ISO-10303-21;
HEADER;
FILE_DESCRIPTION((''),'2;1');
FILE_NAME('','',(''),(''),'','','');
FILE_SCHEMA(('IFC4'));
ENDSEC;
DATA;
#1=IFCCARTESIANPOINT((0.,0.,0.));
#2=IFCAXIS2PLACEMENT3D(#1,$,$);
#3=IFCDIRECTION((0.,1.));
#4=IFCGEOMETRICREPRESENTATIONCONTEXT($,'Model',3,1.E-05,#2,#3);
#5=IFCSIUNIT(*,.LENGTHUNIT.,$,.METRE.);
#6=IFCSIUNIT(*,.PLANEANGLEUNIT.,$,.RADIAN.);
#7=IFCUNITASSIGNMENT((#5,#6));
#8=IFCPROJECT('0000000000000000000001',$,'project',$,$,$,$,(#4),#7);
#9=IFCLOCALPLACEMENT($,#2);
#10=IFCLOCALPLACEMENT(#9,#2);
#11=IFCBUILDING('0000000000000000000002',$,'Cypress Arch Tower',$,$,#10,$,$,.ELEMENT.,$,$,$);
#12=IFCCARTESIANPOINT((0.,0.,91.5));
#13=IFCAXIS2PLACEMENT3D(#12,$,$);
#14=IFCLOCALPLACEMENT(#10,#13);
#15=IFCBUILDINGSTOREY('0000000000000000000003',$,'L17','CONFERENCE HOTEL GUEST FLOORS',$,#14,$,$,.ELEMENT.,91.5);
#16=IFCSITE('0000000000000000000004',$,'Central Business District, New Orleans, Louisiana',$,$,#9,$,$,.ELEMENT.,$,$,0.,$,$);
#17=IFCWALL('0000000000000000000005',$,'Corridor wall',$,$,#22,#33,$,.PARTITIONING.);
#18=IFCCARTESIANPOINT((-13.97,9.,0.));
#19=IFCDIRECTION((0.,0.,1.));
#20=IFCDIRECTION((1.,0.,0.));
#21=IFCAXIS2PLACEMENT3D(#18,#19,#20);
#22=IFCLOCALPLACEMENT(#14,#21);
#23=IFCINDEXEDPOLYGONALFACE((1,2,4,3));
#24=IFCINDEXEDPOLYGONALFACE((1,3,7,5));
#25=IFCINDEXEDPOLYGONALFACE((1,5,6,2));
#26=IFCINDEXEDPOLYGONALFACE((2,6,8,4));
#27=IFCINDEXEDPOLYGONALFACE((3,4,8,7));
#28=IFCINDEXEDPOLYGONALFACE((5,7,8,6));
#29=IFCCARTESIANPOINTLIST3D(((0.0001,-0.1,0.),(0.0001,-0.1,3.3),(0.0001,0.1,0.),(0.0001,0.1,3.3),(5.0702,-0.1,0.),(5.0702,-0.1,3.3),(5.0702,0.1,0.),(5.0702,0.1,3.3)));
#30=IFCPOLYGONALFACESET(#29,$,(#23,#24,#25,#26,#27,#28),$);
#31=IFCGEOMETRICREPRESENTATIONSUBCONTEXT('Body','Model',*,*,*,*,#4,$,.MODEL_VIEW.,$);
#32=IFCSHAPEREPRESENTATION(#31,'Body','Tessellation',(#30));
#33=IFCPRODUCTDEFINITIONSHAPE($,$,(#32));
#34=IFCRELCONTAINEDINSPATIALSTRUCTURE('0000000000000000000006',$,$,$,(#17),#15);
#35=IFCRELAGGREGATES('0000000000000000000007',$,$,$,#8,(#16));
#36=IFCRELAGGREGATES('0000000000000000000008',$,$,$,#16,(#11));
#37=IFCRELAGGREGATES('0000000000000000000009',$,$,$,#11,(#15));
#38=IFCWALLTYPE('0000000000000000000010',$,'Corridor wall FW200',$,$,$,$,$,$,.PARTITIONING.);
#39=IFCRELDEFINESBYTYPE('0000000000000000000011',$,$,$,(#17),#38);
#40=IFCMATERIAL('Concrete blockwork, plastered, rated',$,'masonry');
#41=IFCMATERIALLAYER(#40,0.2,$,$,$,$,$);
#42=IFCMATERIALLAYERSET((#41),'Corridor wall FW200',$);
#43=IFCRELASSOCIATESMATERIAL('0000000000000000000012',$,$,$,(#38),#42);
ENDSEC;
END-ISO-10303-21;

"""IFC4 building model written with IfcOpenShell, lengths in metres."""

from ifc_helpers import new_model, si_unit, direction, frame, frame_2d, origin, place, context, subcontext, project, spatial, rectangle, extrude, material, layer, layer_set, type_object, element, save


model = new_model("IFC4")

# Units and contexts
model_context = context("Model", 3, precision=1e-05, world=origin(), true_north=direction((0.0, 1.0)))
body_context = subcontext(model_context, "Body", "Model", "MODEL_VIEW")
ifc_project = project(units=[si_unit("LENGTHUNIT", "METRE"), si_unit("PLANEANGLEUNIT", "RADIAN")], contexts=[model_context])

# Site, building, storey
site_placement = place(None, origin())
site = spatial("IfcSite", under=ifc_project, at=site_placement, Name="Central Business District, New Orleans, Louisiana", CompositionType="ELEMENT", RefElevation=0.0)
building_placement = place(site_placement, origin())
building = spatial("IfcBuilding", under=site, at=building_placement, Name="Cypress Arch Tower", CompositionType="ELEMENT")
storey_placement = place(building_placement, frame((0.0, 0.0, 91.5)))
storey = spatial("IfcBuildingStorey", under=building, at=storey_placement, Name="L17", Description="CONFERENCE HOTEL GUEST FLOORS", CompositionType="ELEMENT", Elevation=91.5)

# Shared definitions
ifc_material_1 = material(Name="Concrete blockwork, plastered, rated", Category="masonry")
ifc_layer_1 = layer(ifc_material_1, 0.2)
ifc_layer_set_1 = layer_set([ifc_layer_1], Name="Corridor wall FW200")
wall_type_1 = type_object("IfcWallType", Name="Corridor wall FW200", PredefinedType="PARTITIONING", material=ifc_layer_set_1)

# Wall
wall_1_placement = place(storey_placement, frame((-13.97, 9.0, 0.0), z_axis=(0.0, 0.0, 1.0), x_axis=(1.0, 0.0, 0.0)))
element("IfcWall", 1, at=wall_1_placement, inside=storey, type_object=wall_type_1, Name="Corridor wall", PredefinedType="PARTITIONING", context=body_context, shape_type="SweptSolid", body=[
    extrude(rectangle(XDim=5.0701, YDim=0.2, at=frame_2d((2.5352, 0.0))), origin(), (0.0, 0.0, 1.0), 3.3),
])

save(model, "model.ifc")
